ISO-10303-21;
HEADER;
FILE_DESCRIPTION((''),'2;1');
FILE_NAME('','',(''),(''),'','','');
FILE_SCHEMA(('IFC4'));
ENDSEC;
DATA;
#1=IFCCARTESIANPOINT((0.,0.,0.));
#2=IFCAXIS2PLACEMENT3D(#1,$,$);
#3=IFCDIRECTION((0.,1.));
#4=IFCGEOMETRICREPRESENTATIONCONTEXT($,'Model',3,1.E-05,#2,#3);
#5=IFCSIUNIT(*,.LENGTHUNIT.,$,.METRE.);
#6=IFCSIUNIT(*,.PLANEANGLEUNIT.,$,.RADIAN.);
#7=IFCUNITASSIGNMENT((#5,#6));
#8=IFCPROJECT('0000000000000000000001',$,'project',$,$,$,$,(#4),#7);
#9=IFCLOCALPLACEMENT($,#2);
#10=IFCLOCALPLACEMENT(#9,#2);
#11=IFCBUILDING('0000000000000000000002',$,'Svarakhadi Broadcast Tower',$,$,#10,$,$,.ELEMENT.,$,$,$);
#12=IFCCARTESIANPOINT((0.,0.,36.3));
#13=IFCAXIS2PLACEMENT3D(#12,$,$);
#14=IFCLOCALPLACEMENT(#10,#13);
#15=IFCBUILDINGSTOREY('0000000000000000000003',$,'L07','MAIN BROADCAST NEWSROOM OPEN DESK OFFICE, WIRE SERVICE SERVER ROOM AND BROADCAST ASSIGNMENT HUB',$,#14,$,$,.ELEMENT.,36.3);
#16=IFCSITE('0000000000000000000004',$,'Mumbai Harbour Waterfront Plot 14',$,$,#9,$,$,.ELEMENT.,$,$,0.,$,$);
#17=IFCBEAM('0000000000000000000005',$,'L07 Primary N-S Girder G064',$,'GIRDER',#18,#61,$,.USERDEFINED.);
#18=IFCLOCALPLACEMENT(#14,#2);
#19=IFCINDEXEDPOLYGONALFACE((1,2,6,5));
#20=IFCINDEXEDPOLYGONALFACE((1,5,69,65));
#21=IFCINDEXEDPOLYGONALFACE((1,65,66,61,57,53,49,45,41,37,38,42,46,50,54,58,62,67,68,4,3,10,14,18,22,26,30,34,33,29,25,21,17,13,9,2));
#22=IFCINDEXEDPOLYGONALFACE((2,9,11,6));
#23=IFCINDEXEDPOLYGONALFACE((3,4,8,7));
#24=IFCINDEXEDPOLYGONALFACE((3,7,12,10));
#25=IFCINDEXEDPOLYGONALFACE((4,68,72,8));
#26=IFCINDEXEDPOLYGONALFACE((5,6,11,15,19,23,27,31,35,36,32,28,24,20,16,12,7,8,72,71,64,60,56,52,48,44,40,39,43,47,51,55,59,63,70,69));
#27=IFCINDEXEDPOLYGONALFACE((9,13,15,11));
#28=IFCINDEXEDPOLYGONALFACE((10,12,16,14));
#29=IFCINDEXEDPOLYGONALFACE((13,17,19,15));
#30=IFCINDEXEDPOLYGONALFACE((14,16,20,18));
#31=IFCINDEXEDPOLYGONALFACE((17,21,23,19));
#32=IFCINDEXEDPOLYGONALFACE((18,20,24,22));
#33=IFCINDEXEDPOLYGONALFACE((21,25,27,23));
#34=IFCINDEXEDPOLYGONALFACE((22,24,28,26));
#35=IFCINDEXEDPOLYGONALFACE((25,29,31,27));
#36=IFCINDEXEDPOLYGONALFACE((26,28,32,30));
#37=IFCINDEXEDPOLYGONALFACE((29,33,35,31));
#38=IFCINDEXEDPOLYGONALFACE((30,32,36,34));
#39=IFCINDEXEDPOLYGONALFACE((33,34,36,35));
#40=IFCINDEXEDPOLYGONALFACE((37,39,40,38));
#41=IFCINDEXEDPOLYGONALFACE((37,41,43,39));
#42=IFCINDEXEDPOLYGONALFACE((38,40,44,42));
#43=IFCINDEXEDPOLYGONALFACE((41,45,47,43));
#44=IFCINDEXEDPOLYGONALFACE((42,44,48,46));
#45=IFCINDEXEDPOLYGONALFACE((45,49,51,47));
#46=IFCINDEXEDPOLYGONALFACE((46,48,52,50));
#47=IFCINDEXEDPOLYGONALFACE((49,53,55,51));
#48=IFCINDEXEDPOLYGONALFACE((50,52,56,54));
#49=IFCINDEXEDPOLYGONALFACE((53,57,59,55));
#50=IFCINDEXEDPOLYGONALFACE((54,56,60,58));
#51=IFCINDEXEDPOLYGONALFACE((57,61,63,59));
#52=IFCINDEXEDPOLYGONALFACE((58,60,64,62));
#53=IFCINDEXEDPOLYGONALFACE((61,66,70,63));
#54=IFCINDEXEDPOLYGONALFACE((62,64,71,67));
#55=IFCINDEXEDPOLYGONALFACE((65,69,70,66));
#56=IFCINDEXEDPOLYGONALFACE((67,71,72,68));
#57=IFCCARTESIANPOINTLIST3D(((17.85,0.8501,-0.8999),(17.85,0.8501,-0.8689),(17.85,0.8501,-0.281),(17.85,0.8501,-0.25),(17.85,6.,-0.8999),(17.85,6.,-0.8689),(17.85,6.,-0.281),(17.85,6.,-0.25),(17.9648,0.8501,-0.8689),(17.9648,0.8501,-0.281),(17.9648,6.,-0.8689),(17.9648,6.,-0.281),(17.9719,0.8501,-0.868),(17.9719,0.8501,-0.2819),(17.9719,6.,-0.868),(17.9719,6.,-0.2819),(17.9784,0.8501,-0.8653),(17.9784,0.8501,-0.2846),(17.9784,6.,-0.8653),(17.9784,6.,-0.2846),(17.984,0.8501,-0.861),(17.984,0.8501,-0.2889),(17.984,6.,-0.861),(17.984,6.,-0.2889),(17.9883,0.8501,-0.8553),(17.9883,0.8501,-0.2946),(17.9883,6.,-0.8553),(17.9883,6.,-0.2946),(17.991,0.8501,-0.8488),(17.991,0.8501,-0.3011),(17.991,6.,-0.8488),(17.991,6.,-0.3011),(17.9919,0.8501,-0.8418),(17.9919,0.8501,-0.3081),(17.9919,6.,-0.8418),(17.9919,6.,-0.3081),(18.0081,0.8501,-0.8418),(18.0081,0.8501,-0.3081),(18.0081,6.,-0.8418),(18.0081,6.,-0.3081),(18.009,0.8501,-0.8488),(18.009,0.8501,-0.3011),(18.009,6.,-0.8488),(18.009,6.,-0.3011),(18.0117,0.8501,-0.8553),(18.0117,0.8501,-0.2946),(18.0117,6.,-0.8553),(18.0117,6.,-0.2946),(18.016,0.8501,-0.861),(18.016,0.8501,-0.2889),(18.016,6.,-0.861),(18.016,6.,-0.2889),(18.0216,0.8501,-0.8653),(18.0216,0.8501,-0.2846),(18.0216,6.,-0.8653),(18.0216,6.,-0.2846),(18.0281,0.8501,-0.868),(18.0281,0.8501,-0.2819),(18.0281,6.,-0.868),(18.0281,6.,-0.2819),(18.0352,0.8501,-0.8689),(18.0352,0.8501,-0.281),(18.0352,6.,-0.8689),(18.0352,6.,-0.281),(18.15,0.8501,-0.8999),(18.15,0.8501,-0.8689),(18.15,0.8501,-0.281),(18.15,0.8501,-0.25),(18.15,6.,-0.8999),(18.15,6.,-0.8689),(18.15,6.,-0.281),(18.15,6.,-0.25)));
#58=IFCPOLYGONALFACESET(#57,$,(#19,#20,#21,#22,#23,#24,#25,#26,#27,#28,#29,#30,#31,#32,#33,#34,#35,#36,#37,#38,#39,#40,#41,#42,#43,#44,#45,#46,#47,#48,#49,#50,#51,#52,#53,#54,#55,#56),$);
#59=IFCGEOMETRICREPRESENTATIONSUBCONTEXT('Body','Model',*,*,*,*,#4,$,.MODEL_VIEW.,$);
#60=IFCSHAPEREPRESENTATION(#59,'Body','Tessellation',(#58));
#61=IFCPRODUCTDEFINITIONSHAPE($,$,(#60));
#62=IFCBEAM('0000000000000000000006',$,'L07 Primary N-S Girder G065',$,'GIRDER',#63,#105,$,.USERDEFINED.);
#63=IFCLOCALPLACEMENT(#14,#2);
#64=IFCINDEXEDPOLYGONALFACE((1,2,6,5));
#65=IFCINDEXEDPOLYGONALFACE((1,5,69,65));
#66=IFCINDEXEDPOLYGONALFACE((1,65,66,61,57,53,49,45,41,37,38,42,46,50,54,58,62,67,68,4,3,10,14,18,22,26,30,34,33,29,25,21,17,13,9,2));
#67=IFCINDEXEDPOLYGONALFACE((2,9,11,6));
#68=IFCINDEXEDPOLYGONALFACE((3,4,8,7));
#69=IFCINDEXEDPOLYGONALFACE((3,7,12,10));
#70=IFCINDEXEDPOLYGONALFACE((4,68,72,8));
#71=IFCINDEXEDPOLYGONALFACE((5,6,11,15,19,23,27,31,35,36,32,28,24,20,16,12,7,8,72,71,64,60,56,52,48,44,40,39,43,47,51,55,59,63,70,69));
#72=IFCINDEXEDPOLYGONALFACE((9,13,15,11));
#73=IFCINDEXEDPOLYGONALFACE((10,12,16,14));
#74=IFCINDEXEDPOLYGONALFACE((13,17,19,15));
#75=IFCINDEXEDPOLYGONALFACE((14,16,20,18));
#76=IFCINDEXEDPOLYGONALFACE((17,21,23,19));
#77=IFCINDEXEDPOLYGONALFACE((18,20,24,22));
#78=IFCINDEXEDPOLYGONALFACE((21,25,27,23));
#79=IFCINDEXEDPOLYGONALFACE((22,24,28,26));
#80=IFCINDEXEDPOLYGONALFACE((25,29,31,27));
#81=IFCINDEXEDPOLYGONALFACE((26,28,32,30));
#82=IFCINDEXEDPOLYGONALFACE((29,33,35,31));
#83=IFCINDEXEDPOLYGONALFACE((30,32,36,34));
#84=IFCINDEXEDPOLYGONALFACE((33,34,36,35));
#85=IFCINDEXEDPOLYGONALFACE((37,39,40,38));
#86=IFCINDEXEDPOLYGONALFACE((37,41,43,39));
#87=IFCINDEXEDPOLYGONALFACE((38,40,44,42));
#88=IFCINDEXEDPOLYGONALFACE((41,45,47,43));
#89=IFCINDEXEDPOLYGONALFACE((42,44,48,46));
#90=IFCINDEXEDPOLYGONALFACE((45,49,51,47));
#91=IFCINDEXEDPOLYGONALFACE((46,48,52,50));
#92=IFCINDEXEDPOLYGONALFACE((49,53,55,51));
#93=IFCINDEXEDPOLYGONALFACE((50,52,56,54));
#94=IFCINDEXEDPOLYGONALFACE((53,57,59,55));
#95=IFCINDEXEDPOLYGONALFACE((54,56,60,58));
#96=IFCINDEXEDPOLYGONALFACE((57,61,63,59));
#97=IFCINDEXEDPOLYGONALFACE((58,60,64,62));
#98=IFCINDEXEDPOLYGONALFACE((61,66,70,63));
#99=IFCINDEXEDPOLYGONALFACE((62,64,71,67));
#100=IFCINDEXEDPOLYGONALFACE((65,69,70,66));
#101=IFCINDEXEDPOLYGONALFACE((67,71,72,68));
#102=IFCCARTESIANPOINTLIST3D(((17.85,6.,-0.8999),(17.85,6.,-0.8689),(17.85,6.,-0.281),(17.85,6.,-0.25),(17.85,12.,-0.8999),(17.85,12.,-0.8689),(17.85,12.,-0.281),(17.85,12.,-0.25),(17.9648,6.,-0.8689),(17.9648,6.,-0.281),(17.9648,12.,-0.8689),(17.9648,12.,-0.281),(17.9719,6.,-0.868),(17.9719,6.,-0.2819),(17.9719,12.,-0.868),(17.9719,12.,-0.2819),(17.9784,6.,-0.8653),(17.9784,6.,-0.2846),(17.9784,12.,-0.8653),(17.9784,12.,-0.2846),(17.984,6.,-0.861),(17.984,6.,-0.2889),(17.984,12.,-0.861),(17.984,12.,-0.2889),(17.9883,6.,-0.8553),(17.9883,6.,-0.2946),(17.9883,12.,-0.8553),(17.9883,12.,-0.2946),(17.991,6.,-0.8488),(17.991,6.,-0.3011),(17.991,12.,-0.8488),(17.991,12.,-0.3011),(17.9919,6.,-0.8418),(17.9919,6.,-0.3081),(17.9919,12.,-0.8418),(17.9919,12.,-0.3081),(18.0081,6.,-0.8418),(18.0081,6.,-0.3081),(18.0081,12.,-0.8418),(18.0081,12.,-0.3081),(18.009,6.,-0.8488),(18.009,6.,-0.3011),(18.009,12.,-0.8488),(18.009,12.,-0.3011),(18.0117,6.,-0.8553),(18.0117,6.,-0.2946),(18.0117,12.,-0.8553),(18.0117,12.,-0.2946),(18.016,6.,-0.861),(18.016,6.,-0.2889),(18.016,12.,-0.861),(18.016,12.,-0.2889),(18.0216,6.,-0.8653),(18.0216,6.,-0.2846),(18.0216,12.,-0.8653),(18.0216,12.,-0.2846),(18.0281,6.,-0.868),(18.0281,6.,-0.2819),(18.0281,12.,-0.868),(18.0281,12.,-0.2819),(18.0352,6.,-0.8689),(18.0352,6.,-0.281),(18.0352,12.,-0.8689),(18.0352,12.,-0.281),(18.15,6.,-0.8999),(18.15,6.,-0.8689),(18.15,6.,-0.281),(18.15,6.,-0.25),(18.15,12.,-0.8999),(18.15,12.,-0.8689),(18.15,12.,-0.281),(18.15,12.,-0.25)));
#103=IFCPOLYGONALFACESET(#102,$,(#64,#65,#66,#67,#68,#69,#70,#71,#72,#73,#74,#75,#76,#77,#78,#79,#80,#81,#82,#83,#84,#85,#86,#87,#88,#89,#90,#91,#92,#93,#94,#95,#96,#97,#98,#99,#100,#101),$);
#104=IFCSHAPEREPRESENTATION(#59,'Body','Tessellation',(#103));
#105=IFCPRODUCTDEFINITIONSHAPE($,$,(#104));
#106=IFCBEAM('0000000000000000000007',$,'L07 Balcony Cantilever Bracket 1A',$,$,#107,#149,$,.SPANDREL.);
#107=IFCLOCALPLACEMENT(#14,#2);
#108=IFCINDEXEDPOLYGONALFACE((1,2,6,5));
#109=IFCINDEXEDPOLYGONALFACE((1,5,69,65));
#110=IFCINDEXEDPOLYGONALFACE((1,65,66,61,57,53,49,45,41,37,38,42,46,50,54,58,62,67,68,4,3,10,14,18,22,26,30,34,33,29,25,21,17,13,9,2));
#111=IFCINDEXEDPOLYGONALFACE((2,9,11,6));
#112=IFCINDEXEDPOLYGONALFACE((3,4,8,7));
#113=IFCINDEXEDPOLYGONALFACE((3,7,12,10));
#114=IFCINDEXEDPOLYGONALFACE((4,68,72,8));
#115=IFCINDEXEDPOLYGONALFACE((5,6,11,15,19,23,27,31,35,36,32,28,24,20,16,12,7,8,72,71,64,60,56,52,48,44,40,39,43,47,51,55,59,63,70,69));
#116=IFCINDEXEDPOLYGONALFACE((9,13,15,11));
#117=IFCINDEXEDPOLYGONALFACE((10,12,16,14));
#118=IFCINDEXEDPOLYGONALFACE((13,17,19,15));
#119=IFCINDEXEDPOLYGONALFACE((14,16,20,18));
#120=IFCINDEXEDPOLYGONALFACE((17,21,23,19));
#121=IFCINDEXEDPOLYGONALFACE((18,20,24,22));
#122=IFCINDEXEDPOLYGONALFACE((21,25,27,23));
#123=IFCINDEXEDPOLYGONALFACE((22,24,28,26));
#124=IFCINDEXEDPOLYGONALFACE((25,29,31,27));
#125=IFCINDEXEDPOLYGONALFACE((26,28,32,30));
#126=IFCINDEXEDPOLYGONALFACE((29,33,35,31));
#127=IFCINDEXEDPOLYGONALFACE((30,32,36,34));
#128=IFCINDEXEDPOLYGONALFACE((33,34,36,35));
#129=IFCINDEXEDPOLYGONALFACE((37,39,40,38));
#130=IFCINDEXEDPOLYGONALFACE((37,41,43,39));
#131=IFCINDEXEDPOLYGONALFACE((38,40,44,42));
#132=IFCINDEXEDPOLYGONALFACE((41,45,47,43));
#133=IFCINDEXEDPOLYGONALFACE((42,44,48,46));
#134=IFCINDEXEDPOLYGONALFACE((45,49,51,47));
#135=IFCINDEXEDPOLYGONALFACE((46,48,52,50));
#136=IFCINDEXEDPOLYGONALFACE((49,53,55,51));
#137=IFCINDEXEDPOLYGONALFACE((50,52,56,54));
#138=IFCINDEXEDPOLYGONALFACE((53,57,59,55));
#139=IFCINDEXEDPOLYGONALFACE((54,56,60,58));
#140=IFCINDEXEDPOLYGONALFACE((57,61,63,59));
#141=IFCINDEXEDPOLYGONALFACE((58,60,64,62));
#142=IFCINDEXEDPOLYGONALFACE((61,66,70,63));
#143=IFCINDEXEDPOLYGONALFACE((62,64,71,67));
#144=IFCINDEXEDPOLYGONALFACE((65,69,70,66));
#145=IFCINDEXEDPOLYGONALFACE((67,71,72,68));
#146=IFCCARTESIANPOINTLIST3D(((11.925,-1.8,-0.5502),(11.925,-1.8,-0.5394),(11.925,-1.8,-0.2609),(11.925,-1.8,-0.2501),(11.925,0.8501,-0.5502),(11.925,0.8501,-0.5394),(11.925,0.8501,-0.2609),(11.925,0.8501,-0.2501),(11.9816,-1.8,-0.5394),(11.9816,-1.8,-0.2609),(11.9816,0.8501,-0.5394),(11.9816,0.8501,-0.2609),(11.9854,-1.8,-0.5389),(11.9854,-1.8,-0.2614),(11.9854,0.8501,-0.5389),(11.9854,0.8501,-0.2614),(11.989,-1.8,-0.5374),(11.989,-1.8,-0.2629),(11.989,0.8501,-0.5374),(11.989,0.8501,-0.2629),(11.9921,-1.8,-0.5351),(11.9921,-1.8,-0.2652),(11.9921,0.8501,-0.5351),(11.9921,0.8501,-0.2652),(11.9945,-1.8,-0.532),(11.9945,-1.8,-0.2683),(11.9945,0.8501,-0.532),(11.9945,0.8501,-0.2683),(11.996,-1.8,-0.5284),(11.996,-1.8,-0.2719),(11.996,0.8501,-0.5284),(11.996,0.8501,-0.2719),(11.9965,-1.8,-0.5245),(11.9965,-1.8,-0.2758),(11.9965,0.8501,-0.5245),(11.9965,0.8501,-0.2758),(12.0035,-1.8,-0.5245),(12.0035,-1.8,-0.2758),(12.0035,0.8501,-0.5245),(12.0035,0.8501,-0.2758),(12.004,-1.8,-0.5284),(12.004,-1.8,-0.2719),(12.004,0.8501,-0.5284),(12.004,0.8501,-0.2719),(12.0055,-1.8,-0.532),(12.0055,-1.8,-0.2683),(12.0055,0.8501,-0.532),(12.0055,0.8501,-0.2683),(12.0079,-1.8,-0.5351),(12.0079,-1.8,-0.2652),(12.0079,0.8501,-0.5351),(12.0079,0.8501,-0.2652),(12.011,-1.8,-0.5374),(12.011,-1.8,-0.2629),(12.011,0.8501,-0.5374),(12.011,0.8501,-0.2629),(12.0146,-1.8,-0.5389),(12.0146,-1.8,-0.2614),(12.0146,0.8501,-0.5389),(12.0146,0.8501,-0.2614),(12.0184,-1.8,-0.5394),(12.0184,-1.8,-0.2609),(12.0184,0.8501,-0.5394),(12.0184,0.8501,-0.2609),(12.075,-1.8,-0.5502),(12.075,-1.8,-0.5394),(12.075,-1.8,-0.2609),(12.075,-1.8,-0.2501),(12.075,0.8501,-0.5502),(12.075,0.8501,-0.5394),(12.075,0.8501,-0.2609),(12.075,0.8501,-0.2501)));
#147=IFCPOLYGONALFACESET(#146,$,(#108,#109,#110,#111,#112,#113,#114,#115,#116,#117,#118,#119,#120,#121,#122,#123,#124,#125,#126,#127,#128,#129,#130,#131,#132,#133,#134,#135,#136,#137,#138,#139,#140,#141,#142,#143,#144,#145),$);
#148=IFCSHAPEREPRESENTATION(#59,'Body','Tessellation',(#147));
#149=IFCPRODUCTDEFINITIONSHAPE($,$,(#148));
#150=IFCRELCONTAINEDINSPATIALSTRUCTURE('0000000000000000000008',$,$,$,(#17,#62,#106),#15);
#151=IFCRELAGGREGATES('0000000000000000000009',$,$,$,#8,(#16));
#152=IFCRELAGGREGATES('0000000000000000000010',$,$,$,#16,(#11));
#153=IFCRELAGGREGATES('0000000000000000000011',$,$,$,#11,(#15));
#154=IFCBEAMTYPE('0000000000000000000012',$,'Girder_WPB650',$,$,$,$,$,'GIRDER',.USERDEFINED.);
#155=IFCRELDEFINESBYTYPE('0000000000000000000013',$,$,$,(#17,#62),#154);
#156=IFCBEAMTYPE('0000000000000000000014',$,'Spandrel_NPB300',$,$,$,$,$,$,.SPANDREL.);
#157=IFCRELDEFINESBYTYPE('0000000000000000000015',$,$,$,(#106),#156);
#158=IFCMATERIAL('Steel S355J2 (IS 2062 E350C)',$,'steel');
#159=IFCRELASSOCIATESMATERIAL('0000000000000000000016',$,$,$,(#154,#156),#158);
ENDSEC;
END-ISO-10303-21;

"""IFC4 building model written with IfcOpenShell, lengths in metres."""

from ifc_helpers import new_model, si_unit, direction, frame, origin, origin_2d, place, context, subcontext, project, spatial, i_section, extrude, material, material_profile, profile_set, type_object, element, save


model = new_model("IFC4")

# Units and contexts
model_context = context("Model", 3, precision=1e-05, world=origin(), true_north=direction((0.0, 1.0)))
body_context = subcontext(model_context, "Body", "Model", "MODEL_VIEW")
ifc_project = project(units=[si_unit("LENGTHUNIT", "METRE"), si_unit("PLANEANGLEUNIT", "RADIAN")], contexts=[model_context])

# Site, building, storey
site_placement = place(None, origin())
site = spatial("IfcSite", under=ifc_project, at=site_placement, Name="Mumbai Harbour Waterfront Plot 14", CompositionType="ELEMENT", RefElevation=0.0)
building_placement = place(site_placement, origin())
building = spatial("IfcBuilding", under=site, at=building_placement, Name="Svarakhadi Broadcast Tower", CompositionType="ELEMENT")
storey_placement = place(building_placement, frame((0.0, 0.0, 36.3)))
storey = spatial("IfcBuildingStorey", under=building, at=storey_placement, Name="L07", Description="MAIN BROADCAST NEWSROOM OPEN DESK OFFICE, WIRE SERVICE SERVER ROOM AND BROADCAST ASSIGNMENT HUB", CompositionType="ELEMENT", Elevation=36.3)

# Shared definitions
ifc_material_1 = material(Name="Steel S355J2 (IS 2062 E350C)", Category="steel")

# Beams
ifc_material_profile_1 = material_profile(ifc_material_1, i_section(OverallWidth=0.3, OverallDepth=0.6499, WebThickness=0.0161, FlangeThickness=0.031, FilletRadius=0.0271, at=origin_2d()), Name="WPB 650x300x225")
ifc_profile_set_1 = profile_set([ifc_material_profile_1], Name="Steel S355J2 (IS 2062 E350C)")
beam_type_1 = type_object("IfcBeamType", Name="Girder_WPB650", ElementType="GIRDER", PredefinedType="USERDEFINED", material=ifc_profile_set_1)
beam_1_placement = place(storey_placement, frame((18.0, 0.8501, -0.575), z_axis=(0.0, 1.0, 0.0), x_axis=(-1.0, 0.0, 0.0)))
element("IfcBeam", 1, at=beam_1_placement, inside=storey, type_object=beam_type_1, Name="L07 Primary N-S Girder G064", ObjectType="GIRDER", PredefinedType="USERDEFINED", context=body_context, shape_type="SweptSolid", body=[
    extrude(i_section(OverallWidth=0.3, OverallDepth=0.6499, WebThickness=0.0161, FlangeThickness=0.031, FilletRadius=0.0271, at=origin_2d()), origin(), (0.0, 0.0, 1.0), 5.1499),
])
beam_2_placement = place(storey_placement, frame((18.0, 6.0, -0.575), z_axis=(0.0, 1.0, 0.0), x_axis=(-1.0, 0.0, 0.0)))
element("IfcBeam", 2, at=beam_2_placement, inside=storey, type_object=beam_type_1, Name="L07 Primary N-S Girder G065", ObjectType="GIRDER", PredefinedType="USERDEFINED", context=body_context, shape_type="SweptSolid", body=[
    extrude(i_section(OverallWidth=0.3, OverallDepth=0.6499, WebThickness=0.0161, FlangeThickness=0.031, FilletRadius=0.0271, at=origin_2d()), origin(), (0.0, 0.0, 1.0), 6.0),
])
ifc_material_profile_2 = material_profile(ifc_material_1, i_section(OverallWidth=0.1499, OverallDepth=0.3, WebThickness=0.0071, FlangeThickness=0.0107, FilletRadius=0.0149, at=origin_2d()), Name="NPB 300x150x37")
ifc_profile_set_2 = profile_set([ifc_material_profile_2], Name="Steel S355J2 (IS 2062 E350C)")
beam_type_2 = type_object("IfcBeamType", Name="Spandrel_NPB300", PredefinedType="SPANDREL", material=ifc_profile_set_2)
beam_3_placement = place(storey_placement, frame((12.0, 0.8501, -0.4001), z_axis=(0.0, -1.0, 0.0), x_axis=(1.0, 0.0, 0.0)))
element("IfcBeam", 3, at=beam_3_placement, inside=storey, type_object=beam_type_2, Name="L07 Balcony Cantilever Bracket 1A", PredefinedType="SPANDREL", context=body_context, shape_type="SweptSolid", body=[
    extrude(i_section(OverallWidth=0.1499, OverallDepth=0.3, WebThickness=0.0071, FlangeThickness=0.0107, FilletRadius=0.0149, at=origin_2d()), origin(), (0.0, 0.0, 1.0), 2.6501),
])

save(model, "model.ifc")
